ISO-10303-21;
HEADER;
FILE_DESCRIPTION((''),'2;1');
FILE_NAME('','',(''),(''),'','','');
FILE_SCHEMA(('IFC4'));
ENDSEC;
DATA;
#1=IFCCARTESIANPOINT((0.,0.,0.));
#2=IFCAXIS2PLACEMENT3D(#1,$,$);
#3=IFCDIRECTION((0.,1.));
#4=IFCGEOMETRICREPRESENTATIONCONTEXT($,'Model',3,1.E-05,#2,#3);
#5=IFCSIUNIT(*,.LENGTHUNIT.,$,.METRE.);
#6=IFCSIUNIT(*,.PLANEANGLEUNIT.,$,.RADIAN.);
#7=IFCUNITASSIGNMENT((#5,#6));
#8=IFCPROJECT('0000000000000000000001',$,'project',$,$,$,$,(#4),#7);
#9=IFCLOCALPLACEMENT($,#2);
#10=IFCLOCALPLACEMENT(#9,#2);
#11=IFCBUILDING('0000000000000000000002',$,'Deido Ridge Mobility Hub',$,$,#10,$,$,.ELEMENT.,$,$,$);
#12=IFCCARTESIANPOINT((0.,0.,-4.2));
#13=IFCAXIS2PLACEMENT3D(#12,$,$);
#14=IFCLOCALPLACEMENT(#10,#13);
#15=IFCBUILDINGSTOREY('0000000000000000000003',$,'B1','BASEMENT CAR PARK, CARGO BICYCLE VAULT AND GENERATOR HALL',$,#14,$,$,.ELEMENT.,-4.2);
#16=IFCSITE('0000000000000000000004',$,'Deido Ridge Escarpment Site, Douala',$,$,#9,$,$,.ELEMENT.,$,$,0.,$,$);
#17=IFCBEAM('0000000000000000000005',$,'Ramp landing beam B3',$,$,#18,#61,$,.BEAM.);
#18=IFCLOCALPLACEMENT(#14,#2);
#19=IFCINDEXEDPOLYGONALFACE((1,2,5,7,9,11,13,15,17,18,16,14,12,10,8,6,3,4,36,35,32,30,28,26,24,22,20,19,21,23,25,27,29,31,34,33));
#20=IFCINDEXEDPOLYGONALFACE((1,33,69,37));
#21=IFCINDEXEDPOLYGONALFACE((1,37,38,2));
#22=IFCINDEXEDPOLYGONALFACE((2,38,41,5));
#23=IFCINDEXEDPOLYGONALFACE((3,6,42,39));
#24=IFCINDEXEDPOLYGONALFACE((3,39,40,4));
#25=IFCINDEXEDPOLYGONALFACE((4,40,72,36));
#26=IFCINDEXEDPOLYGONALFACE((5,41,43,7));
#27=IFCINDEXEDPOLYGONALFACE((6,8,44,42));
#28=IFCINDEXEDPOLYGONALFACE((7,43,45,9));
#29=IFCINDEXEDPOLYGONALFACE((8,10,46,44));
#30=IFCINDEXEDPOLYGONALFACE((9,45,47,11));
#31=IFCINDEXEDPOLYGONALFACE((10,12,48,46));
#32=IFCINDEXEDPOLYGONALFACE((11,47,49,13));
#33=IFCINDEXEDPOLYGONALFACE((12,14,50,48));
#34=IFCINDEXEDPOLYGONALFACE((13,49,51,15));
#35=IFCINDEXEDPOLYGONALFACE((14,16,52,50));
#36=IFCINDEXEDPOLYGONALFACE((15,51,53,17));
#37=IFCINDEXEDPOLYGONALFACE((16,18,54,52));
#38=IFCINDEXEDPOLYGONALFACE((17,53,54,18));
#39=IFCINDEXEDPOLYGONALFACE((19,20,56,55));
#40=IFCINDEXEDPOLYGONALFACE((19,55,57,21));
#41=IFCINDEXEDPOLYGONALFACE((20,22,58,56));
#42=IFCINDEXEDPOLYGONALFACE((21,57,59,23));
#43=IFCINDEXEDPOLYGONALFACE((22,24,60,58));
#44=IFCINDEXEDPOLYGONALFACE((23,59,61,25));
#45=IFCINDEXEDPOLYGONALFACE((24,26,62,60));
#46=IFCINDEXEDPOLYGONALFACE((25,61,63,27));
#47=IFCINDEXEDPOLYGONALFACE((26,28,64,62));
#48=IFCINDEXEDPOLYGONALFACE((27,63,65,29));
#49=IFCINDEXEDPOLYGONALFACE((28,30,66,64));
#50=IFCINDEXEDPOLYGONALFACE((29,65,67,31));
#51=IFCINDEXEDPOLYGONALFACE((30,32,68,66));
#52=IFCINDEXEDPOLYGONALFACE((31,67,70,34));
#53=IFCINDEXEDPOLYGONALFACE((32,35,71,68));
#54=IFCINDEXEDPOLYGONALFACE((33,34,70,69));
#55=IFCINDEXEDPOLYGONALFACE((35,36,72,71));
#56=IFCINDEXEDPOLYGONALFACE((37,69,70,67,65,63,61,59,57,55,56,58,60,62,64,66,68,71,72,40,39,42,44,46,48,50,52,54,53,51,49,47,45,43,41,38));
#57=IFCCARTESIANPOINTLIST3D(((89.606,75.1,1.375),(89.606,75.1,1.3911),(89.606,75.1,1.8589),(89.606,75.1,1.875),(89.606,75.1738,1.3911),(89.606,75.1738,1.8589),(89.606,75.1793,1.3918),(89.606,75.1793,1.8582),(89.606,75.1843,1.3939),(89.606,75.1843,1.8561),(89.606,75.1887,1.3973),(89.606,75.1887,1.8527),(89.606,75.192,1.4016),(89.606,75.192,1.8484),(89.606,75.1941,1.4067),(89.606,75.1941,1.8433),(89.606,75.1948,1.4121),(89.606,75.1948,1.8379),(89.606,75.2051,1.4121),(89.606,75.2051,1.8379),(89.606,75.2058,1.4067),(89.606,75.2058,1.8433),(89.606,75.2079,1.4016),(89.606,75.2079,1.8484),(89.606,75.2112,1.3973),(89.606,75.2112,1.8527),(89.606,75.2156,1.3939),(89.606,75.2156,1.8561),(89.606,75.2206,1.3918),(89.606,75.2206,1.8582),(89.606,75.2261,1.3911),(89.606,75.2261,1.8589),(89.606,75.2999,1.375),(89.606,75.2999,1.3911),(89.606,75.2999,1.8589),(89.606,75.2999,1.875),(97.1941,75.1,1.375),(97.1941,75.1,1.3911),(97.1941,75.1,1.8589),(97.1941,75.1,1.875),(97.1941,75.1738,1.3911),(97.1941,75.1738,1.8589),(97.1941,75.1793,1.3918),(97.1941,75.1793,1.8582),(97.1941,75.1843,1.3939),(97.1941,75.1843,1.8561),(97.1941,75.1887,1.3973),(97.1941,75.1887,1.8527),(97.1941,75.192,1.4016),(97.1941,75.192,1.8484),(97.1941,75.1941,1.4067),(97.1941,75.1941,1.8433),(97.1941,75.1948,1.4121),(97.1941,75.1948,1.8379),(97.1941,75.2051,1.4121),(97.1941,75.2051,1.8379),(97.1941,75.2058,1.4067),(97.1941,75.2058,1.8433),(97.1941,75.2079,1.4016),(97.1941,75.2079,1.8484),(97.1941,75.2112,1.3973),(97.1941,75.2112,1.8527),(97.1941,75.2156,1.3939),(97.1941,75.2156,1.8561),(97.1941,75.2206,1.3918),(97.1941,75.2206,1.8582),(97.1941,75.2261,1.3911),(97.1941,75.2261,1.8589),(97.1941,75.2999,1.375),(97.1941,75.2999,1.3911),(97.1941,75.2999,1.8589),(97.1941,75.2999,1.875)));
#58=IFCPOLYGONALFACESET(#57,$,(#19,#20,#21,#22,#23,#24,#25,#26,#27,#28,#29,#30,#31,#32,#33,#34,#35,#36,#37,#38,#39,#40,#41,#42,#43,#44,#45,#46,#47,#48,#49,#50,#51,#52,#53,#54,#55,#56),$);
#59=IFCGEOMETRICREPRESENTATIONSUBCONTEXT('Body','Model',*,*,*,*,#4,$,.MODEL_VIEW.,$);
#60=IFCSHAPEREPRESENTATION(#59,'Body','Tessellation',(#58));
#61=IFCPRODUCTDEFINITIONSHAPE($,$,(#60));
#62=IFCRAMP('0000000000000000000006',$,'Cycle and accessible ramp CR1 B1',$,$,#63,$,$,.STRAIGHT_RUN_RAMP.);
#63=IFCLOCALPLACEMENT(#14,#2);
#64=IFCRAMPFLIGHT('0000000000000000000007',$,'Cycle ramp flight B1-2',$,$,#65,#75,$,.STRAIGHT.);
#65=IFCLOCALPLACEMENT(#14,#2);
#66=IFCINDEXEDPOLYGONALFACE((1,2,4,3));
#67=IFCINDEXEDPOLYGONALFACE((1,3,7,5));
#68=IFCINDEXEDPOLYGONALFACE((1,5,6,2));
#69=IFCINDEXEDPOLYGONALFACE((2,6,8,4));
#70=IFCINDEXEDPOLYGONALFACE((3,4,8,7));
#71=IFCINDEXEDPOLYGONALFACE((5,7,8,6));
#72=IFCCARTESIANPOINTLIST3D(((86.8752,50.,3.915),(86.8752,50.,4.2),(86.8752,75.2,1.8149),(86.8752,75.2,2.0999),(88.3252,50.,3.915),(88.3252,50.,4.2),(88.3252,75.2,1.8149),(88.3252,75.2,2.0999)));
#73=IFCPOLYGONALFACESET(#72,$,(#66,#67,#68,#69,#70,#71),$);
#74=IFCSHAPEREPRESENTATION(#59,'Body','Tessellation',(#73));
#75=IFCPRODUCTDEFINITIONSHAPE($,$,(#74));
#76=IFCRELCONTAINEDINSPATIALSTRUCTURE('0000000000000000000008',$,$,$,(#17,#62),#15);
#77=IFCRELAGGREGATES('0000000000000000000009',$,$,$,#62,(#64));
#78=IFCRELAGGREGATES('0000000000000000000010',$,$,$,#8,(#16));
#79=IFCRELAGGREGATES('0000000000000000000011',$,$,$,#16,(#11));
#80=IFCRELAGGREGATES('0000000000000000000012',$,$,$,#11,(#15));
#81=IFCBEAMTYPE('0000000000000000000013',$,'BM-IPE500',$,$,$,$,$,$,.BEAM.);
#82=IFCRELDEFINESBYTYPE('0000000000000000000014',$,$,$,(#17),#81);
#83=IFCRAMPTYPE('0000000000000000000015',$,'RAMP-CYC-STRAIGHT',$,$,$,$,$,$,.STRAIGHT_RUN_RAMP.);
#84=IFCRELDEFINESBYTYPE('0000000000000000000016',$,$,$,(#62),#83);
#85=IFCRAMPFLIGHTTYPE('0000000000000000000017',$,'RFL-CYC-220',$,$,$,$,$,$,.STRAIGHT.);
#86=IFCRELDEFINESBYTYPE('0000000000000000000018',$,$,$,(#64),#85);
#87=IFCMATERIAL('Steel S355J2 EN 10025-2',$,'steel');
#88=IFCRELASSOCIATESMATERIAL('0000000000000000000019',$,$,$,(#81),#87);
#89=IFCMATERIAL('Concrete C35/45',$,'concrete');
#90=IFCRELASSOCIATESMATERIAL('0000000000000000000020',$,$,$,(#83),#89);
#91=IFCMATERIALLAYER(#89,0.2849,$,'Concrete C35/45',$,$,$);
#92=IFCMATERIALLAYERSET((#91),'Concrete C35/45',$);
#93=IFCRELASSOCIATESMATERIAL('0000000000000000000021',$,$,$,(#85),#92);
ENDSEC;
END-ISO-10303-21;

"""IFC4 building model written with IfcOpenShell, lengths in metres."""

from ifc_helpers import new_model, si_unit, direction, frame, origin, origin_2d, place, context, subcontext, project, spatial, polyline, i_section, outline, extrude, material, layer, layer_set, material_profile, profile_set, type_object, element, aggregate, save


model = new_model("IFC4")

# Units and contexts
model_context = context("Model", 3, precision=1e-05, world=origin(), true_north=direction((0.0, 1.0)))
body_context = subcontext(model_context, "Body", "Model", "MODEL_VIEW")
ifc_project = project(units=[si_unit("LENGTHUNIT", "METRE"), si_unit("PLANEANGLEUNIT", "RADIAN")], contexts=[model_context])

# Site, building, storey
site_placement = place(None, origin())
site = spatial("IfcSite", under=ifc_project, at=site_placement, Name="Deido Ridge Escarpment Site, Douala", CompositionType="ELEMENT", RefElevation=0.0)
building_placement = place(site_placement, origin())
building = spatial("IfcBuilding", under=site, at=building_placement, Name="Deido Ridge Mobility Hub", CompositionType="ELEMENT")
storey_placement = place(building_placement, frame((0.0, 0.0, -4.2)))
storey = spatial("IfcBuildingStorey", under=building, at=storey_placement, Name="B1", Description="BASEMENT CAR PARK, CARGO BICYCLE VAULT AND GENERATOR HALL", CompositionType="ELEMENT", Elevation=-4.2)

# Shared definitions
ifc_material_1 = material(Name="Steel S355J2 EN 10025-2", Category="steel")

# Beam
ifc_material_profile_1 = material_profile(ifc_material_1, i_section(OverallWidth=0.2, OverallDepth=0.5, WebThickness=0.0103, FlangeThickness=0.0161, FilletRadius=0.021, at=origin_2d()), Name="IPE 500")
ifc_profile_set_1 = profile_set([ifc_material_profile_1], Name="Steel S355J2 EN 10025-2")
beam_type_1 = type_object("IfcBeamType", Name="BM-IPE500", PredefinedType="BEAM", material=ifc_profile_set_1)
beam_1_placement = place(storey_placement, frame((89.606, 75.2, 1.625), z_axis=(1.0, 0.0, 0.0), x_axis=(0.0, 1.0, 0.0)))
element("IfcBeam", 1, at=beam_1_placement, inside=storey, type_object=beam_type_1, Name="Ramp landing beam B3", PredefinedType="BEAM", context=body_context, shape_type="SweptSolid", body=[
    extrude(i_section(OverallWidth=0.2, OverallDepth=0.5, WebThickness=0.0103, FlangeThickness=0.0161, FilletRadius=0.021, at=origin_2d()), origin(), (0.0, 0.0, 1.0), 7.5881),
])

# Ramp, ramp flight
ifc_material_2 = material(Name="Concrete C35/45", Category="concrete")
ramp_type = type_object("IfcRampType", Name="RAMP-CYC-STRAIGHT", PredefinedType="STRAIGHT_RUN_RAMP", material=ifc_material_2)
ramp_placement = place(storey_placement, origin())
ramp = element("IfcRamp", 2, at=ramp_placement, inside=storey, type_object=ramp_type, Name="Cycle and accessible ramp CR1 B1", PredefinedType="STRAIGHT_RUN_RAMP")
ifc_layer = layer(ifc_material_2, 0.2849, Name="Concrete C35/45")
ifc_layer_set = layer_set([ifc_layer], Name="Concrete C35/45")
ramp_flight_type = type_object("IfcRampFlightType", Name="RFL-CYC-220", PredefinedType="STRAIGHT", material=ifc_layer_set)
ramp_flight_placement = place(storey_placement, frame((87.6001, 75.2, 2.0999), z_axis=(0.0, 0.0, 1.0), x_axis=(0.0, -1.0, 0.0)))
ramp_flight = element("IfcRampFlight", 3, at=ramp_flight_placement, type_object=ramp_flight_type, Name="Cycle ramp flight B1-2", PredefinedType="STRAIGHT", context=body_context, shape_type="SweptSolid", body=[
    extrude(outline(polyline([(0.0, 0.0), (0.0, -0.2849), (25.2, 1.8152), (25.2, 2.1001), (0.0, 0.0)])), frame((0.0, 0.7251, 0.0), z_axis=(0.0, -1.0, 0.0), x_axis=(1.0, 0.0, 0.0)), (0.0, 0.0, 1.0), 1.45),
])
aggregate(ramp, [ramp_flight])

save(model, "model.ifc")
